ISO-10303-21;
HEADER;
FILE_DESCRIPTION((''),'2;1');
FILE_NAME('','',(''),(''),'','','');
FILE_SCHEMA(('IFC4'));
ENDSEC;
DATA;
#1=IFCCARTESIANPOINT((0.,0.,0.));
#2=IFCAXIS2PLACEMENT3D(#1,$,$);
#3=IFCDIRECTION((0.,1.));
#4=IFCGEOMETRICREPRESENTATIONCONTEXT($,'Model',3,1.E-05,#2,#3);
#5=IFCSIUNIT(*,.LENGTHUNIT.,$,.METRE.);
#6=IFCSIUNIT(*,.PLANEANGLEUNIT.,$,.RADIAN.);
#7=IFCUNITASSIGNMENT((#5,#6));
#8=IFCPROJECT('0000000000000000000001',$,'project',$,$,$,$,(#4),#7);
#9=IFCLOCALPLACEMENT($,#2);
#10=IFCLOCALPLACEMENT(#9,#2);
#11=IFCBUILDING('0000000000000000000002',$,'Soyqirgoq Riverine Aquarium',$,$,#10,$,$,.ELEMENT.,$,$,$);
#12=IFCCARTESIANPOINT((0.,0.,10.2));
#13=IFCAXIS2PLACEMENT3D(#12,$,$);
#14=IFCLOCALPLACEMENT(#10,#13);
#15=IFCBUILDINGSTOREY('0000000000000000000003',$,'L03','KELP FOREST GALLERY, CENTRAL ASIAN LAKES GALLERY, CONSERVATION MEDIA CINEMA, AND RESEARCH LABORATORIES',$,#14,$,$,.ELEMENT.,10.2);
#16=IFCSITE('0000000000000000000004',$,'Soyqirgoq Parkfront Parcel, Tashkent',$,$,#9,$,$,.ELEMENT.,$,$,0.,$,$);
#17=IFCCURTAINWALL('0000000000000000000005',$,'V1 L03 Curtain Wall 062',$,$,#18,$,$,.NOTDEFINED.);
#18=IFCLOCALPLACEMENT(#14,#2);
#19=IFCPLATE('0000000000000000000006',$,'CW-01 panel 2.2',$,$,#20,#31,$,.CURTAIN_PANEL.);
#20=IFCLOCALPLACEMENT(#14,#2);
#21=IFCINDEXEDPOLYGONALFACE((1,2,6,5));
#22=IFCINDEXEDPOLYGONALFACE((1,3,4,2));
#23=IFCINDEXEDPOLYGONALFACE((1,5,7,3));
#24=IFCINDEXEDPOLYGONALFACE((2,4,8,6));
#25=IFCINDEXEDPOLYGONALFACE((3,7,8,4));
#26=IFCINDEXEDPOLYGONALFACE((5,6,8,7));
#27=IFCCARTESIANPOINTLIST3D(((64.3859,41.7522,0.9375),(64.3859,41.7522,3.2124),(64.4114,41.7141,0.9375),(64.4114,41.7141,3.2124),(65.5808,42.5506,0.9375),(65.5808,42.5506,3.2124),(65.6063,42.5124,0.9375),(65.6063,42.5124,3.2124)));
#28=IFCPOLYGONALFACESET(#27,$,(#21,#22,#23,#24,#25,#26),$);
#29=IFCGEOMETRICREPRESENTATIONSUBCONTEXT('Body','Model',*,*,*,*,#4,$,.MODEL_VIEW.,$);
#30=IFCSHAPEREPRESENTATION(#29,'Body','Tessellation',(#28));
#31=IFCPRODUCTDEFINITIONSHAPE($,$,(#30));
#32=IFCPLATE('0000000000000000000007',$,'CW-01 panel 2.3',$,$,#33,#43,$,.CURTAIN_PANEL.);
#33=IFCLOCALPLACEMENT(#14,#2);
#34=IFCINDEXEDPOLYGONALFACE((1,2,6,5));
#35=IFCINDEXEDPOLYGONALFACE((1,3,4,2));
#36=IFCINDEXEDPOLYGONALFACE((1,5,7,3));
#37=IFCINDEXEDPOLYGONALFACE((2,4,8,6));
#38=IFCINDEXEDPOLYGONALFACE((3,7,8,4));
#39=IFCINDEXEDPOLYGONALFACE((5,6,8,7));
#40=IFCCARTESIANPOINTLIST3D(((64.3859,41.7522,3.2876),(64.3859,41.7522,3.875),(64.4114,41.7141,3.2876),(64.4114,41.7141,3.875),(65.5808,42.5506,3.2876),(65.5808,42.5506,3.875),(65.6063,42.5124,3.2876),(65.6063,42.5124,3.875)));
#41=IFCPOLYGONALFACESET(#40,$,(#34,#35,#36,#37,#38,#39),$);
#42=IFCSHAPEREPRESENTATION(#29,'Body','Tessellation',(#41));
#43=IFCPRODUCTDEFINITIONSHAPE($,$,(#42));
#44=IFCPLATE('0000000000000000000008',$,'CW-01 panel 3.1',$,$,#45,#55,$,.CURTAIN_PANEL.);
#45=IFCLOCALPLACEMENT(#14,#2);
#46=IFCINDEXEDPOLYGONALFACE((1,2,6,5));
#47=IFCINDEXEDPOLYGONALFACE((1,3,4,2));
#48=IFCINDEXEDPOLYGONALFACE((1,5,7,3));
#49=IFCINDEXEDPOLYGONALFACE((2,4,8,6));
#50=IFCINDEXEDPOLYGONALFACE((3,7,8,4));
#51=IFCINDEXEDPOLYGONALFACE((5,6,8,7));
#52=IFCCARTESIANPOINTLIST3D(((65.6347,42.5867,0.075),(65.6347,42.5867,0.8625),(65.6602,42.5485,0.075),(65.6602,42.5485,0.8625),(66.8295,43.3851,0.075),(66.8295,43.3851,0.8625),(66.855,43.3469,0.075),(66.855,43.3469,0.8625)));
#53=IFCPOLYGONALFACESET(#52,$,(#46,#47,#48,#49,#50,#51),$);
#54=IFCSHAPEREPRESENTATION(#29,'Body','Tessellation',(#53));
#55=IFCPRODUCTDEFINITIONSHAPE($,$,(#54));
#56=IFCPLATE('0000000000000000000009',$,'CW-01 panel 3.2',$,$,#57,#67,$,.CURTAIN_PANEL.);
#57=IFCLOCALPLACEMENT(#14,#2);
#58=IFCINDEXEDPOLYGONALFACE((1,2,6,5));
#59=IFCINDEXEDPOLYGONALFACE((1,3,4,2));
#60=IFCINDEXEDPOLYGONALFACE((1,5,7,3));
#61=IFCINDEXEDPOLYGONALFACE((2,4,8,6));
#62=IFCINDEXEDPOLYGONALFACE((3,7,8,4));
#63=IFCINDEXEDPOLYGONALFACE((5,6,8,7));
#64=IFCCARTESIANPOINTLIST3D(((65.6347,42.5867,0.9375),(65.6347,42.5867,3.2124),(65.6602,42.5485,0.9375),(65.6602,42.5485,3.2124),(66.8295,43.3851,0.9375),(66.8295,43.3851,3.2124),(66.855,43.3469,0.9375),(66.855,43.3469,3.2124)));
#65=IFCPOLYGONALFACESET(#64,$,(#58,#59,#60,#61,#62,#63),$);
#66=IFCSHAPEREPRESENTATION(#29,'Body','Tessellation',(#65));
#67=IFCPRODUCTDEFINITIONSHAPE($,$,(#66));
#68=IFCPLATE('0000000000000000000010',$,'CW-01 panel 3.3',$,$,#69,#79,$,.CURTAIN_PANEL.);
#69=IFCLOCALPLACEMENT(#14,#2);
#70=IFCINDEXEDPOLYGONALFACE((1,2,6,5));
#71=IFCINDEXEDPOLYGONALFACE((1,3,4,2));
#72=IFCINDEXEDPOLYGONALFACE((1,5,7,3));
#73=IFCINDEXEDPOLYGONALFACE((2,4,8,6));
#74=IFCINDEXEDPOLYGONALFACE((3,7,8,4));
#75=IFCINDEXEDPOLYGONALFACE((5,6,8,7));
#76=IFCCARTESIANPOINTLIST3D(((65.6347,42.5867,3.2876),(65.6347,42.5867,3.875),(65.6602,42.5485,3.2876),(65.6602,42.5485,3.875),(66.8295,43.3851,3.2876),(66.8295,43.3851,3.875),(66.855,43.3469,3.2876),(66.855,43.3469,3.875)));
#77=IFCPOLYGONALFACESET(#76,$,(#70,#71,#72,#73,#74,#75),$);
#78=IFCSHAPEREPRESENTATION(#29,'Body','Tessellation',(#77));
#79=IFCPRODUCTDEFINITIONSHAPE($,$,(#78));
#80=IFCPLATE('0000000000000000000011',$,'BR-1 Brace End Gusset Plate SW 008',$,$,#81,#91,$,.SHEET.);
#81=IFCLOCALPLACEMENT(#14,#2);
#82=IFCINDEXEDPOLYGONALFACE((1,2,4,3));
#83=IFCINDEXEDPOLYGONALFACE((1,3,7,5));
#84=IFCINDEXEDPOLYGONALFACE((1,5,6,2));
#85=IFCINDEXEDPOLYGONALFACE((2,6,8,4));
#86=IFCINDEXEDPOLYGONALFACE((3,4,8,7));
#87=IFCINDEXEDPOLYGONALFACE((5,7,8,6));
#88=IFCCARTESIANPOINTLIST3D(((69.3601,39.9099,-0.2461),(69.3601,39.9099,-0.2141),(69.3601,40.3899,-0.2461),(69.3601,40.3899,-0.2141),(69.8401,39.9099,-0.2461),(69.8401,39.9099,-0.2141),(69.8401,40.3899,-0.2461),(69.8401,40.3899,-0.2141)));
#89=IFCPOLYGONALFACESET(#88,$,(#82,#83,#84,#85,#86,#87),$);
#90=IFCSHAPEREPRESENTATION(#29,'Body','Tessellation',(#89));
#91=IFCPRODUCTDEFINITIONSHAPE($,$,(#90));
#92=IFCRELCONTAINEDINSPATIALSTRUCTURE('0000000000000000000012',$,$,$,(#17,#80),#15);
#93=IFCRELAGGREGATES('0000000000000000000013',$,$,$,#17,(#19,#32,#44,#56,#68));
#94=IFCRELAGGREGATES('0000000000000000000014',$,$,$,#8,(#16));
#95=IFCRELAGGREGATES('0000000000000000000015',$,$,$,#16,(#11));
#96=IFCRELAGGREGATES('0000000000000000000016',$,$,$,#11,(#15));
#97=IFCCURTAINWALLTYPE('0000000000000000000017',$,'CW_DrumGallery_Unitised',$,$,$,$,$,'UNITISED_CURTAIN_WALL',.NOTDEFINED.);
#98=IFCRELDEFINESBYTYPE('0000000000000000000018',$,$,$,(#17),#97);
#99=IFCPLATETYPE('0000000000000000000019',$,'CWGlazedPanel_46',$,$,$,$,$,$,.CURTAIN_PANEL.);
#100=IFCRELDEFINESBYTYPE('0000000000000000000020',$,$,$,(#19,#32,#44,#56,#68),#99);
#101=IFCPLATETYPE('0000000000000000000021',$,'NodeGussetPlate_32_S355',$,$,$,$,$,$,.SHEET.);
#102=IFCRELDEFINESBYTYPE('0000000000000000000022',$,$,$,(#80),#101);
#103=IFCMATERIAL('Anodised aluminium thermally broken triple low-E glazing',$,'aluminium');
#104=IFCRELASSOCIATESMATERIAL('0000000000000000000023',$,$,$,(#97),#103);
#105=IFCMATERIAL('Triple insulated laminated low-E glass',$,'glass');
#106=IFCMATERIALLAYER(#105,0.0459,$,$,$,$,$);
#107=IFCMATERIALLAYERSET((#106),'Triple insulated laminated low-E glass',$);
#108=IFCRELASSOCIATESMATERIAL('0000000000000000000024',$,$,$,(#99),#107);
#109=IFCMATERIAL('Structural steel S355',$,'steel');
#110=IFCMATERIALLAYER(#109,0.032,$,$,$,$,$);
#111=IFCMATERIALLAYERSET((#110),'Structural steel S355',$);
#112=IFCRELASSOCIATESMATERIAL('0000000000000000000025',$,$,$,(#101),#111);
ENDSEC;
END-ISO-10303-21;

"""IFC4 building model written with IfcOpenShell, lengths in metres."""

from ifc_helpers import new_model, si_unit, direction, frame, origin, origin_2d, place, context, subcontext, project, spatial, rectangle, extrude, material, layer, layer_set, type_object, element, aggregate, save


model = new_model("IFC4")

# Units and contexts
model_context = context("Model", 3, precision=1e-05, world=origin(), true_north=direction((0.0, 1.0)))
body_context = subcontext(model_context, "Body", "Model", "MODEL_VIEW")
ifc_project = project(units=[si_unit("LENGTHUNIT", "METRE"), si_unit("PLANEANGLEUNIT", "RADIAN")], contexts=[model_context])

# Site, building, storey
site_placement = place(None, origin())
site = spatial("IfcSite", under=ifc_project, at=site_placement, Name="Soyqirgoq Parkfront Parcel, Tashkent", CompositionType="ELEMENT", RefElevation=0.0)
building_placement = place(site_placement, origin())
building = spatial("IfcBuilding", under=site, at=building_placement, Name="Soyqirgoq Riverine Aquarium", CompositionType="ELEMENT")
storey_placement = place(building_placement, frame((0.0, 0.0, 10.2)))
storey = spatial("IfcBuildingStorey", under=building, at=storey_placement, Name="L03", Description="KELP FOREST GALLERY, CENTRAL ASIAN LAKES GALLERY, CONSERVATION MEDIA CINEMA, AND RESEARCH LABORATORIES", CompositionType="ELEMENT", Elevation=10.2)

# Shared definitions
ifc_material_1 = material(Name="Anodised aluminium thermally broken triple low-E glazing", Category="aluminium")
curtain_wall_type = type_object("IfcCurtainWallType", Name="CW_DrumGallery_Unitised", ElementType="UNITISED_CURTAIN_WALL", PredefinedType="NOTDEFINED", material=ifc_material_1)

# Curtain wall
curtain_wall_1_placement = place(storey_placement, origin())
curtain_wall_1 = element("IfcCurtainWall", 1, at=curtain_wall_1_placement, inside=storey, type_object=curtain_wall_type, Name="V1 L03 Curtain Wall 062", PredefinedType="NOTDEFINED")

# Plates
ifc_material_2 = material(Name="Triple insulated laminated low-E glass", Category="glass")
ifc_layer_1 = layer(ifc_material_2, 0.0459)
ifc_layer_set_1 = layer_set([ifc_layer_1], Name="Triple insulated laminated low-E glass")
plate_type_1 = type_object("IfcPlateType", Name="CWGlazedPanel_46", PredefinedType="CURTAIN_PANEL", material=ifc_layer_set_1)
plate_1_placement = place(storey_placement, frame((64.9961, 42.1323, 0.9375), z_axis=(0.0, 0.0, 1.0), x_axis=(0.831469, 0.555572, 0.0)))
plate_1 = element("IfcPlate", 2, at=plate_1_placement, type_object=plate_type_1, Name="CW-01 panel 2.2", PredefinedType="CURTAIN_PANEL", context=body_context, shape_type="SweptSolid", body=[
    extrude(rectangle(XDim=1.437, YDim=0.0459, at=origin_2d()), origin(), (0.0, 0.0, 1.0), 2.2749),
])
plate_2_placement = place(storey_placement, frame((64.9961, 42.1323, 3.2876), z_axis=(0.0, 0.0, 1.0), x_axis=(0.831469, 0.555572, 0.0)))
plate_2 = element("IfcPlate", 3, at=plate_2_placement, type_object=plate_type_1, Name="CW-01 panel 2.3", PredefinedType="CURTAIN_PANEL", context=body_context, shape_type="SweptSolid", body=[
    extrude(rectangle(XDim=1.437, YDim=0.0459, at=origin_2d()), origin(), (0.0, 0.0, 1.0), 0.5874),
])
plate_3_placement = place(storey_placement, frame((66.2449, 42.9668, 0.075), z_axis=(0.0, 0.0, 1.0), x_axis=(0.831469, 0.555572, 0.0)))
plate_3 = element("IfcPlate", 4, at=plate_3_placement, type_object=plate_type_1, Name="CW-01 panel 3.1", PredefinedType="CURTAIN_PANEL", context=body_context, shape_type="SweptSolid", body=[
    extrude(rectangle(XDim=1.437, YDim=0.0459, at=origin_2d()), origin(), (0.0, 0.0, 1.0), 0.7876),
])
plate_4_placement = place(storey_placement, frame((66.2449, 42.9668, 0.9375), z_axis=(0.0, 0.0, 1.0), x_axis=(0.831469, 0.555572, 0.0)))
plate_4 = element("IfcPlate", 5, at=plate_4_placement, type_object=plate_type_1, Name="CW-01 panel 3.2", PredefinedType="CURTAIN_PANEL", context=body_context, shape_type="SweptSolid", body=[
    extrude(rectangle(XDim=1.437, YDim=0.0459, at=origin_2d()), origin(), (0.0, 0.0, 1.0), 2.2749),
])
plate_5_placement = place(storey_placement, frame((66.2449, 42.9668, 3.2876), z_axis=(0.0, 0.0, 1.0), x_axis=(0.831469, 0.555572, 0.0)))
plate_5 = element("IfcPlate", 6, at=plate_5_placement, type_object=plate_type_1, Name="CW-01 panel 3.3", PredefinedType="CURTAIN_PANEL", context=body_context, shape_type="SweptSolid", body=[
    extrude(rectangle(XDim=1.437, YDim=0.0459, at=origin_2d()), origin(), (0.0, 0.0, 1.0), 0.5874),
])
aggregate(curtain_wall_1, [plate_1, plate_2, plate_3, plate_4, plate_5])
ifc_material_3 = material(Name="Structural steel S355", Category="steel")
ifc_layer_2 = layer(ifc_material_3, 0.032)
ifc_layer_set_2 = layer_set([ifc_layer_2], Name="Structural steel S355")
plate_type_2 = type_object("IfcPlateType", Name="NodeGussetPlate_32_S355", PredefinedType="SHEET", material=ifc_layer_set_2)
plate_6_placement = place(storey_placement, frame((69.6001, 40.1499, -0.2461), z_axis=(0.0, 0.0, 1.0), x_axis=(1.0, 0.0, 0.0)))
element("IfcPlate", 7, at=plate_6_placement, inside=storey, type_object=plate_type_2, Name="BR-1 Brace End Gusset Plate SW 008", PredefinedType="SHEET", context=body_context, shape_type="SweptSolid", body=[
    extrude(rectangle(XDim=0.48, YDim=0.48, at=origin_2d()), origin(), (0.0, 0.0, 1.0), 0.032),
])

save(model, "model.ifc")
